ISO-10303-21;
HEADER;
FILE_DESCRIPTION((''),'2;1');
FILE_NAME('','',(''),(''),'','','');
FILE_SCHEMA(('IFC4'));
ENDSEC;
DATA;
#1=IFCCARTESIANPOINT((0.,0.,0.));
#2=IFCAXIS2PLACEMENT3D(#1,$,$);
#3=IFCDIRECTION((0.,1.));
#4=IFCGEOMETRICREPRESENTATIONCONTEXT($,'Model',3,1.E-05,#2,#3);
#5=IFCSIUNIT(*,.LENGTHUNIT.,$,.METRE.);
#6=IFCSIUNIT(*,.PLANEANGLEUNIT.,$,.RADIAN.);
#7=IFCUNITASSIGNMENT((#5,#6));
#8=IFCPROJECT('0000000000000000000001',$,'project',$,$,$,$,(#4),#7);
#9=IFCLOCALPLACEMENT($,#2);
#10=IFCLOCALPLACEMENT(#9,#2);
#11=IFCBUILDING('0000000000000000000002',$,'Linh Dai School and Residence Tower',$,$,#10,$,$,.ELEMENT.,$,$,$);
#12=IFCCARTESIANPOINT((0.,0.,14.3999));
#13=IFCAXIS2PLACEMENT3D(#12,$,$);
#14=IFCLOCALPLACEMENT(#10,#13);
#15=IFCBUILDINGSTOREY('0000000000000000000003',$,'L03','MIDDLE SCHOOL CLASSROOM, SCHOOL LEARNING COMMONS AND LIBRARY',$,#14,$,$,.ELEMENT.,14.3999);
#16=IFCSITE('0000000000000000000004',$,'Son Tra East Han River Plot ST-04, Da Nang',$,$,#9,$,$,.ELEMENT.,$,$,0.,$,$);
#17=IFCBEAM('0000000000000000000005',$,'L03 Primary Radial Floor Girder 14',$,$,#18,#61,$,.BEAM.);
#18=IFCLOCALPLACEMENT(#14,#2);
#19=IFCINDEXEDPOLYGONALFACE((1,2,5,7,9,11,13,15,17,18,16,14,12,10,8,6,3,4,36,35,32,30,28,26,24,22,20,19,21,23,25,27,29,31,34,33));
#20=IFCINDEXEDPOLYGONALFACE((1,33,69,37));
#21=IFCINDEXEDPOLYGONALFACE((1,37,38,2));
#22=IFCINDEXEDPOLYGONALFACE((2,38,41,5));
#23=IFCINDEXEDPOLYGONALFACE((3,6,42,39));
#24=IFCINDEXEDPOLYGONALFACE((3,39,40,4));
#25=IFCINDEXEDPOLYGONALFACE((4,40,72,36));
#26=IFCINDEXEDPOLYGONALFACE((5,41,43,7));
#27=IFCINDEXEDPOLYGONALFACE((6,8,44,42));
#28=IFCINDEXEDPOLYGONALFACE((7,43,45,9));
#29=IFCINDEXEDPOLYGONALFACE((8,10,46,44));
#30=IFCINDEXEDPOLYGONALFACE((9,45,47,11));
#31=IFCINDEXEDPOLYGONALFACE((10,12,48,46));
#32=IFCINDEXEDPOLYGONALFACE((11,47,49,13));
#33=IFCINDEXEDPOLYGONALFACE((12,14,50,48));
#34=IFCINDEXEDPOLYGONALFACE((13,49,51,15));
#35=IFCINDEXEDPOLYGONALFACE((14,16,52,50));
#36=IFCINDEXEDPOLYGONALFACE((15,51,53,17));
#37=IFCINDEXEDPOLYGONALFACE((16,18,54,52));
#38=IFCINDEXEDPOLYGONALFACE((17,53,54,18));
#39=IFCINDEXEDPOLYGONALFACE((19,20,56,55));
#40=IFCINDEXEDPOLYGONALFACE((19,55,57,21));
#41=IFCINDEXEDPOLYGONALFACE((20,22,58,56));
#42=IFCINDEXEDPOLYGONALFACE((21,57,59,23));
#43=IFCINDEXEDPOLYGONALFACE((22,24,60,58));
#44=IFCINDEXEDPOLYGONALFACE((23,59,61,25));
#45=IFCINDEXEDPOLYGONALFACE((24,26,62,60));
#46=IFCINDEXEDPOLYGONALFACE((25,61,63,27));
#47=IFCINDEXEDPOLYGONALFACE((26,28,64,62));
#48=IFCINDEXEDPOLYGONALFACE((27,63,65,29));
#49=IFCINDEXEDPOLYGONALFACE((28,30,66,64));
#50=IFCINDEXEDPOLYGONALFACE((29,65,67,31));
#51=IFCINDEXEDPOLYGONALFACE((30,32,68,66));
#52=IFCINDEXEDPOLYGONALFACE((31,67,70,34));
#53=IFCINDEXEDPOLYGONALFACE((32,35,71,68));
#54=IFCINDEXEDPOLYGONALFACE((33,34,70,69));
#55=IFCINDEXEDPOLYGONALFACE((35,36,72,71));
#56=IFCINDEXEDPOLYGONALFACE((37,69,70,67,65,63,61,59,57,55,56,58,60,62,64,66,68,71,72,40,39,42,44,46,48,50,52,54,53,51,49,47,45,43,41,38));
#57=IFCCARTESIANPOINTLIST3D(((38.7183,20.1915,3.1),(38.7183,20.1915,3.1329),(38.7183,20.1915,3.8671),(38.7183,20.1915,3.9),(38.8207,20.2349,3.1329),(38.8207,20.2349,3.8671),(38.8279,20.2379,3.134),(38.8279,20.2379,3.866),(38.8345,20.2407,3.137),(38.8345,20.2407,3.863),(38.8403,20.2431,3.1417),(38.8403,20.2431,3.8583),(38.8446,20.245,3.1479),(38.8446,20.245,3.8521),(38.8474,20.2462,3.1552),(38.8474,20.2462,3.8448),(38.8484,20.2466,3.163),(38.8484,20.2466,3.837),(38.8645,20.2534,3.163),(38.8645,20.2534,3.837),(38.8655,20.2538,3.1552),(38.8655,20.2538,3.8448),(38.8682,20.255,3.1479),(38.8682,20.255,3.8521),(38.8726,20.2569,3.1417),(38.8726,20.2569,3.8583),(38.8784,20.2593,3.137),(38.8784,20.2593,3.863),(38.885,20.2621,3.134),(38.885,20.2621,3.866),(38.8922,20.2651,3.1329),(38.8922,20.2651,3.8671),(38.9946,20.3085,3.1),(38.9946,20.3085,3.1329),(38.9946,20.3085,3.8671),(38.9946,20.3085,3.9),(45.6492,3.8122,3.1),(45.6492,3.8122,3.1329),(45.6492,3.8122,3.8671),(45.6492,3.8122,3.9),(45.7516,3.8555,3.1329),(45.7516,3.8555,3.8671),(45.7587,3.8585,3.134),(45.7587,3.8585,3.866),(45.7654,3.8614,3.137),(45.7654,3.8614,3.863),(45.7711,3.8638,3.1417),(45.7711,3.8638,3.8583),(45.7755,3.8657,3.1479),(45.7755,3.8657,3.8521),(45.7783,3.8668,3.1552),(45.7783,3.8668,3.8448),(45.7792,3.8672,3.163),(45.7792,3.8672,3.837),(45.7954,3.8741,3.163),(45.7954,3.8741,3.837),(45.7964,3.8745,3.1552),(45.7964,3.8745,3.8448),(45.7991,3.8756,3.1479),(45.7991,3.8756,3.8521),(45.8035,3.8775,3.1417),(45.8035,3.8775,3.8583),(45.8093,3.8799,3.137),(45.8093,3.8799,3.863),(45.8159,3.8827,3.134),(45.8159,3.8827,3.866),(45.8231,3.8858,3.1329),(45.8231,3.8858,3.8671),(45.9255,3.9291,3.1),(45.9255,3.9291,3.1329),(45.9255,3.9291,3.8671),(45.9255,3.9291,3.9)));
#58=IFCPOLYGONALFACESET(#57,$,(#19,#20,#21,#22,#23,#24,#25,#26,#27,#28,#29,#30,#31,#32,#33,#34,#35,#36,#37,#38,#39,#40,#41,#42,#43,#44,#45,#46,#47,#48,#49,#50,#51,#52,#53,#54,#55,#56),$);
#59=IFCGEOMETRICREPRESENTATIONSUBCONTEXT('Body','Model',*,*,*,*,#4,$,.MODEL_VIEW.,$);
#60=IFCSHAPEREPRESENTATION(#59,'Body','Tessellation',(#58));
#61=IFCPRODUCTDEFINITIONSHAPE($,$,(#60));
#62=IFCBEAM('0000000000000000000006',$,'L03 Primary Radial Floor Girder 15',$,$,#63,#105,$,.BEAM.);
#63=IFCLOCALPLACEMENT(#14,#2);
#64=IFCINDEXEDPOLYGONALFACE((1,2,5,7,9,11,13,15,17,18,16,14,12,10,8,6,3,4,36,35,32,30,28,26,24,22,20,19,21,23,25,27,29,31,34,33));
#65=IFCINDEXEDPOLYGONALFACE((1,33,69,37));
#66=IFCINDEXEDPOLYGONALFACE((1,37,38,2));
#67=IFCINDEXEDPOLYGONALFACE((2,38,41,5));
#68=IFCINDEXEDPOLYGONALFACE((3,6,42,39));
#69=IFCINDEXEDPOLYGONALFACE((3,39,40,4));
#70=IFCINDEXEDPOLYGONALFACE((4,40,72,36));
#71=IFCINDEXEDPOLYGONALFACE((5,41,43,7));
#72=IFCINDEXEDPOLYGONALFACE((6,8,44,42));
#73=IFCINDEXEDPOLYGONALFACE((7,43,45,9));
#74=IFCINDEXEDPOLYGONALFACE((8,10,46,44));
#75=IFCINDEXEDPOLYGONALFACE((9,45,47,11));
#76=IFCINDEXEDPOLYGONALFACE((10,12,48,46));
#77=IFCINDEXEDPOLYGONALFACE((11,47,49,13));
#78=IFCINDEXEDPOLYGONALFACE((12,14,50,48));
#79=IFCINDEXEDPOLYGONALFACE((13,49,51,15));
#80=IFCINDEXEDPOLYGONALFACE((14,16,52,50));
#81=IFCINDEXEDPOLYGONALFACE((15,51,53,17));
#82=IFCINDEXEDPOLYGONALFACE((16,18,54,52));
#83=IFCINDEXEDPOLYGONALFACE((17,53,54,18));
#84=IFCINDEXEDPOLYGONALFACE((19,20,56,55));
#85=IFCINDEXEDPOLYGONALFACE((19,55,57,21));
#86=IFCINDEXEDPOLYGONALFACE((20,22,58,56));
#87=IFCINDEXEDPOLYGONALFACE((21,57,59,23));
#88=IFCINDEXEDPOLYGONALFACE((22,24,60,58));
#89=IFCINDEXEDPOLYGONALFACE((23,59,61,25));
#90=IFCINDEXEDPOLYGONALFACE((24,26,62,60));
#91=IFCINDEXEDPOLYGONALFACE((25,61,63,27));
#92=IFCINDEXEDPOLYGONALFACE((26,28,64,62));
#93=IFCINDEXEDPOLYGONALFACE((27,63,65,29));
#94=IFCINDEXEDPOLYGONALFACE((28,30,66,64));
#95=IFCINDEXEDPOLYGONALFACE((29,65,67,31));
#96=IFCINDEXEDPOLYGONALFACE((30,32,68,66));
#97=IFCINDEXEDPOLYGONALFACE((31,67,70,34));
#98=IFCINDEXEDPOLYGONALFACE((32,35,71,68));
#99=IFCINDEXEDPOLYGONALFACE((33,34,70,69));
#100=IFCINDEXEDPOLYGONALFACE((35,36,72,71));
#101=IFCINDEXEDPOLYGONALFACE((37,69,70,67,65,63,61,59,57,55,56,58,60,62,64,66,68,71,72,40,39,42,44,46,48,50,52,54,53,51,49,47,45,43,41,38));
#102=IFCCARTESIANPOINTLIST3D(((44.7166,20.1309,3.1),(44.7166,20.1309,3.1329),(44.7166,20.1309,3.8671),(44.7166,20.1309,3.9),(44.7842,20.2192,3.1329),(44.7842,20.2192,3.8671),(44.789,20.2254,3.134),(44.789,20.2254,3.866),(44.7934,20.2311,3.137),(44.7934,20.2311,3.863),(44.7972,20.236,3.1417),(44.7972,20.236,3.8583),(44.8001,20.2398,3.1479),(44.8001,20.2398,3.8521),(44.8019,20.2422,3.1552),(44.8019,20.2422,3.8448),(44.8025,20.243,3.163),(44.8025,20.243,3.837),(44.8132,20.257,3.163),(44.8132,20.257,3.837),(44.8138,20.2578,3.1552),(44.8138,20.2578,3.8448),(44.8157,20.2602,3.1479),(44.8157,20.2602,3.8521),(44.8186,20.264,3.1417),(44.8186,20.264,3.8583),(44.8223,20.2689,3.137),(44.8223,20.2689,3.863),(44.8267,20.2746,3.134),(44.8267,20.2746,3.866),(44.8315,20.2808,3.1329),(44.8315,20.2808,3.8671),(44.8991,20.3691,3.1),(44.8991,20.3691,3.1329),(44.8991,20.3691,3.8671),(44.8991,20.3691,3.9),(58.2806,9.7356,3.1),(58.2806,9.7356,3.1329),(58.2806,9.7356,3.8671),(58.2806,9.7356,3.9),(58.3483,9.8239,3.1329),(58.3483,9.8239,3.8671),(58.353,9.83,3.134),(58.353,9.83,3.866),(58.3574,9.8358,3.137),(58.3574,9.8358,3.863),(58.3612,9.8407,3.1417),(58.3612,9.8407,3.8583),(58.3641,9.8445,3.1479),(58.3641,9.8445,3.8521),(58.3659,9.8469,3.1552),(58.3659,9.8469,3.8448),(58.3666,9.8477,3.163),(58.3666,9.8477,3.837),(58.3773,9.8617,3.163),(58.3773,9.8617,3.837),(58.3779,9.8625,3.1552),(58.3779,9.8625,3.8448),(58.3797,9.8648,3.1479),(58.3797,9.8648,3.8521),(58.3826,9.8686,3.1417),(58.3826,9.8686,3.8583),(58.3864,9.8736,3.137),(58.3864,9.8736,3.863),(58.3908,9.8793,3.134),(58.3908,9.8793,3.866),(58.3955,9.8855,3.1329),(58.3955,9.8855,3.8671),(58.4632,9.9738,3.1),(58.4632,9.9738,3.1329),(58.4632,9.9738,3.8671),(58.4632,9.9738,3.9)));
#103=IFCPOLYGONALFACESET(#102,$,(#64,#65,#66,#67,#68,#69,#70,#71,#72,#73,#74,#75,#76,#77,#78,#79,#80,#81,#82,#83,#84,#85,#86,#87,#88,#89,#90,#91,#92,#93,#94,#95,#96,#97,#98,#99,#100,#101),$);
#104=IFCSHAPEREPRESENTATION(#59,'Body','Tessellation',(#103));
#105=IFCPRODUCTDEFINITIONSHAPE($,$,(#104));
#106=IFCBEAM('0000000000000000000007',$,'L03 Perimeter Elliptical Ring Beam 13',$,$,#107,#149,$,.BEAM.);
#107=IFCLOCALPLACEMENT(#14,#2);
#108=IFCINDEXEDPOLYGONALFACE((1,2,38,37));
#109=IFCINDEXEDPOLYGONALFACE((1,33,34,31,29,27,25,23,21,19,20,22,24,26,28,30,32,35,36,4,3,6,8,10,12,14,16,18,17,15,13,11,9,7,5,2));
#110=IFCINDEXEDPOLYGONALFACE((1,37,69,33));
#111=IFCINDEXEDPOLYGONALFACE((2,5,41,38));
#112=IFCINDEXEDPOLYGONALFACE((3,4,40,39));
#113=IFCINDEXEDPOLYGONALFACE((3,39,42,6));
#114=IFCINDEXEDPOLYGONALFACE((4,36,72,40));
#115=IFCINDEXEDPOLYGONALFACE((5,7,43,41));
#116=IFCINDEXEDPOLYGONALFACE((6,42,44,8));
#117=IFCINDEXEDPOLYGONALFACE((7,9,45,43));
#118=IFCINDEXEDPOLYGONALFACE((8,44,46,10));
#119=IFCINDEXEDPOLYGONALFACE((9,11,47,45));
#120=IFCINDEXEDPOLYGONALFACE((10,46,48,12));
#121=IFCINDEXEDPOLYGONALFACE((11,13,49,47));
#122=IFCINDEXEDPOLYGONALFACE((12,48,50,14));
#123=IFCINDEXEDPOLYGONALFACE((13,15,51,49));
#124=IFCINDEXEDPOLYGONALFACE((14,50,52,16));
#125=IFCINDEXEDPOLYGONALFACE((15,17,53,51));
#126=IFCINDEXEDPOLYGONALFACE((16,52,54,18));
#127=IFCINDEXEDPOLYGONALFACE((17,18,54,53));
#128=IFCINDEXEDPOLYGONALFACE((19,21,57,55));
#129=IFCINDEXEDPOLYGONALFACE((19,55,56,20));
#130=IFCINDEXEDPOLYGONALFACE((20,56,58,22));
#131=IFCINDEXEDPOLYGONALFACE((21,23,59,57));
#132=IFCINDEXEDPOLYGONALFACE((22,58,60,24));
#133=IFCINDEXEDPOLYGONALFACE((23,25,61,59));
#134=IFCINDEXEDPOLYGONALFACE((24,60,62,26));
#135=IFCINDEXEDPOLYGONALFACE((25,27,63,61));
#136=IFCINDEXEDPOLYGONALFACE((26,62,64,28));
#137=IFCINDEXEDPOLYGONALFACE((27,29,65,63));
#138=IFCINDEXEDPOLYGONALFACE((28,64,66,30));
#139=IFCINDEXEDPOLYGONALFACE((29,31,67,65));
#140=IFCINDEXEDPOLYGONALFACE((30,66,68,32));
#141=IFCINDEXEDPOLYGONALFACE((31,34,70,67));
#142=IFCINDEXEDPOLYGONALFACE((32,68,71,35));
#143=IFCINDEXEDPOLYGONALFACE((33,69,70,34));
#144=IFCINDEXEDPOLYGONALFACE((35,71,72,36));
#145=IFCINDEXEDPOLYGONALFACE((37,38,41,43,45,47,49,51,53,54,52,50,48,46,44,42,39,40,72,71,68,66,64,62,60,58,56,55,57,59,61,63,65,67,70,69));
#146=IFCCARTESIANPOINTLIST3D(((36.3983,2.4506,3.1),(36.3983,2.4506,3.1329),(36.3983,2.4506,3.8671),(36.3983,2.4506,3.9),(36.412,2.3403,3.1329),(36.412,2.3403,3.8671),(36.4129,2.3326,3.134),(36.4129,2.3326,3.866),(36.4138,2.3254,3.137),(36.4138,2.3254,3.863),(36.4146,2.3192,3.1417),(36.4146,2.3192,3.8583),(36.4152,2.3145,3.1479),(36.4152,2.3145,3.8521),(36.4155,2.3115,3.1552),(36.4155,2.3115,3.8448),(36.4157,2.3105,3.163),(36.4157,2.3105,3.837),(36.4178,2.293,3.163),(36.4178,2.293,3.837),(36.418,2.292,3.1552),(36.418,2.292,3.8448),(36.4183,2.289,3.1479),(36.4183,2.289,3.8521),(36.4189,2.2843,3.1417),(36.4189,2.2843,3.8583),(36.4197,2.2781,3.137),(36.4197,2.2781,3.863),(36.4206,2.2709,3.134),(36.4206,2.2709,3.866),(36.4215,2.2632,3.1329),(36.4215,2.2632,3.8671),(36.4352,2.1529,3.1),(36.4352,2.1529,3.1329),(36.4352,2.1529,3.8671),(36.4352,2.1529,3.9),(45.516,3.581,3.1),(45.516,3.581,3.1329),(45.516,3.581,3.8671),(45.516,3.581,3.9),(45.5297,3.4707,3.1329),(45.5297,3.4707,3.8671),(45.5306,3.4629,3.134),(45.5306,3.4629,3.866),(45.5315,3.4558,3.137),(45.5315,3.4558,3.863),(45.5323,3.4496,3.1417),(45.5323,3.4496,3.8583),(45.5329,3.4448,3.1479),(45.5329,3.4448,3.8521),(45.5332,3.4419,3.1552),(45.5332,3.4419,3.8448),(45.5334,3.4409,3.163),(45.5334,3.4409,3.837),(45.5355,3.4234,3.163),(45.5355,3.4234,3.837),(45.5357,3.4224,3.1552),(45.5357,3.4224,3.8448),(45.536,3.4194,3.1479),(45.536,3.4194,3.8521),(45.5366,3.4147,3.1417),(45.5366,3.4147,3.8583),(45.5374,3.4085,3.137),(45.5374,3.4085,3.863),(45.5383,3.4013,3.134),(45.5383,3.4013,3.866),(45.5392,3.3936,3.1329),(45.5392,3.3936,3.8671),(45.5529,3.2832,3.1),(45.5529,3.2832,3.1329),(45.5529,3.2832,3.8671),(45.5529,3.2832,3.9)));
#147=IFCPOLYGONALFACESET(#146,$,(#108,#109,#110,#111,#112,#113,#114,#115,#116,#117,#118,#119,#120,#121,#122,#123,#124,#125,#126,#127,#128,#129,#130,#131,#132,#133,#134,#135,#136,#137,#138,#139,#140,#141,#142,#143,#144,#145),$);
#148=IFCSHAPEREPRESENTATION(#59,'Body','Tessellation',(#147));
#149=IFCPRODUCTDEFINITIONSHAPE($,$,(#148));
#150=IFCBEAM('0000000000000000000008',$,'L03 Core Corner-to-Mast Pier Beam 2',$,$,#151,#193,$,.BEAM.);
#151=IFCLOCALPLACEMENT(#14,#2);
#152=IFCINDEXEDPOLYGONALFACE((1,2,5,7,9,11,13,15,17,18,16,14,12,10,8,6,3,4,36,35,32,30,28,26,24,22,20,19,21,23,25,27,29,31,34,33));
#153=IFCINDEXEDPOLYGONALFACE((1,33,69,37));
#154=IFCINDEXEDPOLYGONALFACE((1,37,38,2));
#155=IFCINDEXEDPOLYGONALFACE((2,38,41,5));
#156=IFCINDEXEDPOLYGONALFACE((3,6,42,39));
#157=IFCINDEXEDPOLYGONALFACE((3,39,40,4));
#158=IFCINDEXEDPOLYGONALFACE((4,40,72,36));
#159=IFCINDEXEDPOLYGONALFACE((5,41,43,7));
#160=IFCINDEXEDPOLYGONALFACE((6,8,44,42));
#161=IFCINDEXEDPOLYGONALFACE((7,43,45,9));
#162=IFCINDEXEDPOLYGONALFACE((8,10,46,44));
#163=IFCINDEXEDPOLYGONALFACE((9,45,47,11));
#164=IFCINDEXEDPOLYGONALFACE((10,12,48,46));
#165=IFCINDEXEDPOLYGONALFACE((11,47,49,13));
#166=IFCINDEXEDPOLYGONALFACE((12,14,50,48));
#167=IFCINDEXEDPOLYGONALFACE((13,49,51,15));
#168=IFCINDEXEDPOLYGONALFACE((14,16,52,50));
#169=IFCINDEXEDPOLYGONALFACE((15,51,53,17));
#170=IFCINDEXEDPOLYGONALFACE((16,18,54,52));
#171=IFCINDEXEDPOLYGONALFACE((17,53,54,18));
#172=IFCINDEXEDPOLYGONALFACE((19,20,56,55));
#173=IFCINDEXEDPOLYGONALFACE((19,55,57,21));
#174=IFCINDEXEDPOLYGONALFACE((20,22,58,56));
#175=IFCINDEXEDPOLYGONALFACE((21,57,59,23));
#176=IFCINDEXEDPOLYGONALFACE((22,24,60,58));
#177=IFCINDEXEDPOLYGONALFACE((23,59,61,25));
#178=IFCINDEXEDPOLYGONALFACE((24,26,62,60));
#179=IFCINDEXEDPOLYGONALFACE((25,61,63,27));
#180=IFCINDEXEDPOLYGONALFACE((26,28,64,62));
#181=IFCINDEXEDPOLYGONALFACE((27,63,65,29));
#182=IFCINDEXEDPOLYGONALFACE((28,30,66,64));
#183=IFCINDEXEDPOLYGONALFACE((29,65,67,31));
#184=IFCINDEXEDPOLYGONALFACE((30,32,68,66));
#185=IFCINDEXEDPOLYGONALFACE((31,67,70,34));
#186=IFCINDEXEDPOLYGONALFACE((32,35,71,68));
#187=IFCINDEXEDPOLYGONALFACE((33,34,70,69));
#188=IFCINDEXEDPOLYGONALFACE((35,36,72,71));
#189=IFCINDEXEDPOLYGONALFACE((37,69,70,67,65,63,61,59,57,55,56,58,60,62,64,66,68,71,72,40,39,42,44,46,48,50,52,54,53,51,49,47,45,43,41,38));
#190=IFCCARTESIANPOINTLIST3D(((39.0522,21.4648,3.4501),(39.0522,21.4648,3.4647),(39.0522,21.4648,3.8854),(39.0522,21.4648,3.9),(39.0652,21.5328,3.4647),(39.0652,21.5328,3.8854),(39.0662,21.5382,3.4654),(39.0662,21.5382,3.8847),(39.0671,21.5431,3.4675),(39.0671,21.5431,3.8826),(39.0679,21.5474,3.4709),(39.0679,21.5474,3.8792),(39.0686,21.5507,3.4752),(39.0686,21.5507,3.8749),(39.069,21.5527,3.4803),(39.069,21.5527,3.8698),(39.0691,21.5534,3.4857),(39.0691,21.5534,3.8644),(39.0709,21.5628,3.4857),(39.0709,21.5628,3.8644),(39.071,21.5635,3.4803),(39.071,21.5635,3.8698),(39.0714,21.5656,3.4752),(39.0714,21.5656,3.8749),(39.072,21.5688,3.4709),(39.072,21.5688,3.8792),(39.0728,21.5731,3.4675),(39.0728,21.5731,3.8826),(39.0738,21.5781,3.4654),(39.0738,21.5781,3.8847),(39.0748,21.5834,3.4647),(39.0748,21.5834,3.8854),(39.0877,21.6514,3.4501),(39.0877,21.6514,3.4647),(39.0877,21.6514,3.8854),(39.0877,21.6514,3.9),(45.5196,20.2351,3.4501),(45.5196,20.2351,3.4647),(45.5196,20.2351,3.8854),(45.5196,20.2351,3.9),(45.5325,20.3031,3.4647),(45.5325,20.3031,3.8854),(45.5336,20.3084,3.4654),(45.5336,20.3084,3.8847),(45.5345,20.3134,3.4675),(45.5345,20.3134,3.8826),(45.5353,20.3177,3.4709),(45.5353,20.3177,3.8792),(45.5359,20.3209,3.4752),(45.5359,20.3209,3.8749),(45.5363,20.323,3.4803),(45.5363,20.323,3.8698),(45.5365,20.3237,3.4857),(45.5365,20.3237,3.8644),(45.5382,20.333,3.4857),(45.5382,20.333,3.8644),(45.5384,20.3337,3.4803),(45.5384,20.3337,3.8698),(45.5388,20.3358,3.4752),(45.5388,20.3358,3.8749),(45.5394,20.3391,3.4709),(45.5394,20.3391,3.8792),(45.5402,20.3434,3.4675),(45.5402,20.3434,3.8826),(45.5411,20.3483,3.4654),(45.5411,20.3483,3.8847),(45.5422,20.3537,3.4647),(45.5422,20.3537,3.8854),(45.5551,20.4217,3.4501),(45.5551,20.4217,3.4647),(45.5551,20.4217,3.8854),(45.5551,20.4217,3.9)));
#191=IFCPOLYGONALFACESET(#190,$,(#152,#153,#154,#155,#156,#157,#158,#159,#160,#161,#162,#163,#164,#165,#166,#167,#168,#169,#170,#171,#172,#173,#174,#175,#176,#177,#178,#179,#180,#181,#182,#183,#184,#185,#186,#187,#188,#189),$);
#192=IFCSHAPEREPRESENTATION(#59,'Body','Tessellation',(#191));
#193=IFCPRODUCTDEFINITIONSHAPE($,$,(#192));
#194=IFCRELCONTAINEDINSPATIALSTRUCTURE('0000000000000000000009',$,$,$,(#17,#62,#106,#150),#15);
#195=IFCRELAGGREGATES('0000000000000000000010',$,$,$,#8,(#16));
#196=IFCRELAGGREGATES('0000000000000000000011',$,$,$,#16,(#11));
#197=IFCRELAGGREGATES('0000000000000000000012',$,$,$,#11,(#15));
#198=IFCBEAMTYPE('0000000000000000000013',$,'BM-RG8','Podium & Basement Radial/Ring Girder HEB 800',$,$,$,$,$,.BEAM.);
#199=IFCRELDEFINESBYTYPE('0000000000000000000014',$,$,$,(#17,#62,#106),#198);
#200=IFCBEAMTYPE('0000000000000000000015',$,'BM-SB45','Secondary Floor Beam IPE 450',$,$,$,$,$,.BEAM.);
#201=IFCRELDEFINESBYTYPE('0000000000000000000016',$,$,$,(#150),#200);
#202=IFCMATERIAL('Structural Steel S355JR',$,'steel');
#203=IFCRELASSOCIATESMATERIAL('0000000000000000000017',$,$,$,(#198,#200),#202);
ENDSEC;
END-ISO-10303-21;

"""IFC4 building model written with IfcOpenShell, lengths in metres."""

from ifc_helpers import new_model, si_unit, direction, frame, origin, origin_2d, place, context, subcontext, project, spatial, i_section, extrude, material, material_profile, profile_set, type_object, element, save


model = new_model("IFC4")

# Units and contexts
model_context = context("Model", 3, precision=1e-05, world=origin(), true_north=direction((0.0, 1.0)))
body_context = subcontext(model_context, "Body", "Model", "MODEL_VIEW")
ifc_project = project(units=[si_unit("LENGTHUNIT", "METRE"), si_unit("PLANEANGLEUNIT", "RADIAN")], contexts=[model_context])

# Site, building, storey
site_placement = place(None, origin())
site = spatial("IfcSite", under=ifc_project, at=site_placement, Name="Son Tra East Han River Plot ST-04, Da Nang", CompositionType="ELEMENT", RefElevation=0.0)
building_placement = place(site_placement, origin())
building = spatial("IfcBuilding", under=site, at=building_placement, Name="Linh Dai School and Residence Tower", CompositionType="ELEMENT")
storey_placement = place(building_placement, frame((0.0, 0.0, 14.3999)))
storey = spatial("IfcBuildingStorey", under=building, at=storey_placement, Name="L03", Description="MIDDLE SCHOOL CLASSROOM, SCHOOL LEARNING COMMONS AND LIBRARY", CompositionType="ELEMENT", Elevation=14.3999)

# Shared definitions
ifc_material_1 = material(Name="Structural Steel S355JR", Category="steel")

# Beams
ifc_material_profile_1 = material_profile(ifc_material_1, i_section(OverallWidth=0.3, OverallDepth=0.8, WebThickness=0.0176, FlangeThickness=0.033, FilletRadius=0.03, at=origin_2d()), Name="HEB 800")
ifc_profile_set_1 = profile_set([ifc_material_profile_1], Name="Structural Steel S355JR")
beam_type_1 = type_object("IfcBeamType", Name="BM-RG8", Description="Podium & Basement Radial/Ring Girder HEB 800", PredefinedType="BEAM", material=ifc_profile_set_1)
beam_1_placement = place(storey_placement, frame((38.8564, 20.25, 3.5), z_axis=(0.389696, -0.920944, 0.0), x_axis=(0.920944, 0.389696, 0.0)))
element("IfcBeam", 1, at=beam_1_placement, inside=storey, type_object=beam_type_1, Name="L03 Primary Radial Floor Girder 14", PredefinedType="BEAM", context=body_context, shape_type="SweptSolid", body=[
    extrude(i_section(OverallWidth=0.3, OverallDepth=0.8, WebThickness=0.0176, FlangeThickness=0.033, FilletRadius=0.03, at=origin_2d()), origin(), (0.0, 0.0, 1.0), 17.7854),
])
beam_2_placement = place(storey_placement, frame((44.8079, 20.25, 3.5), z_axis=(0.793713, -0.608292, 0.0), x_axis=(0.608292, 0.793713, 0.0)))
element("IfcBeam", 2, at=beam_2_placement, inside=storey, type_object=beam_type_1, Name="L03 Primary Radial Floor Girder 15", PredefinedType="BEAM", context=body_context, shape_type="SweptSolid", body=[
    extrude(i_section(OverallWidth=0.3, OverallDepth=0.8, WebThickness=0.0176, FlangeThickness=0.033, FilletRadius=0.03, at=origin_2d()), origin(), (0.0, 0.0, 1.0), 17.0894),
])
beam_3_placement = place(storey_placement, frame((36.4167, 2.3018, 3.5), z_axis=(0.992402, 0.123034, 0.0), x_axis=(-0.123034, 0.992402, 0.0)))
element("IfcBeam", 3, at=beam_3_placement, inside=storey, type_object=beam_type_1, Name="L03 Perimeter Elliptical Ring Beam 13", PredefinedType="BEAM", context=body_context, shape_type="SweptSolid", body=[
    extrude(i_section(OverallWidth=0.3, OverallDepth=0.8, WebThickness=0.0176, FlangeThickness=0.033, FilletRadius=0.03, at=origin_2d()), origin(), (0.0, 0.0, 1.0), 9.1875),
])
ifc_material_profile_2 = material_profile(ifc_material_1, i_section(OverallWidth=0.1899, OverallDepth=0.45, WebThickness=0.0095, FlangeThickness=0.0146, FilletRadius=0.021, at=origin_2d()), Name="IPE 450")
ifc_profile_set_2 = profile_set([ifc_material_profile_2], Name="Structural Steel S355JR")
beam_type_2 = type_object("IfcBeamType", Name="BM-SB45", Description="Secondary Floor Beam IPE 450", PredefinedType="BEAM", material=ifc_profile_set_2)
beam_4_placement = place(storey_placement, frame((45.5374, 20.3284, 3.675), z_axis=(-0.982398, 0.1868, 0.0), x_axis=(-0.1868, -0.982398, 0.0)))
element("IfcBeam", 4, at=beam_4_placement, inside=storey, type_object=beam_type_2, Name="L03 Core Corner-to-Mast Pier Beam 2", PredefinedType="BEAM", context=body_context, shape_type="SweptSolid", body=[
    extrude(i_section(OverallWidth=0.1899, OverallDepth=0.45, WebThickness=0.0095, FlangeThickness=0.0146, FilletRadius=0.021, at=origin_2d()), origin(), (0.0, 0.0, 1.0), 6.5833),
])

save(model, "model.ifc")
